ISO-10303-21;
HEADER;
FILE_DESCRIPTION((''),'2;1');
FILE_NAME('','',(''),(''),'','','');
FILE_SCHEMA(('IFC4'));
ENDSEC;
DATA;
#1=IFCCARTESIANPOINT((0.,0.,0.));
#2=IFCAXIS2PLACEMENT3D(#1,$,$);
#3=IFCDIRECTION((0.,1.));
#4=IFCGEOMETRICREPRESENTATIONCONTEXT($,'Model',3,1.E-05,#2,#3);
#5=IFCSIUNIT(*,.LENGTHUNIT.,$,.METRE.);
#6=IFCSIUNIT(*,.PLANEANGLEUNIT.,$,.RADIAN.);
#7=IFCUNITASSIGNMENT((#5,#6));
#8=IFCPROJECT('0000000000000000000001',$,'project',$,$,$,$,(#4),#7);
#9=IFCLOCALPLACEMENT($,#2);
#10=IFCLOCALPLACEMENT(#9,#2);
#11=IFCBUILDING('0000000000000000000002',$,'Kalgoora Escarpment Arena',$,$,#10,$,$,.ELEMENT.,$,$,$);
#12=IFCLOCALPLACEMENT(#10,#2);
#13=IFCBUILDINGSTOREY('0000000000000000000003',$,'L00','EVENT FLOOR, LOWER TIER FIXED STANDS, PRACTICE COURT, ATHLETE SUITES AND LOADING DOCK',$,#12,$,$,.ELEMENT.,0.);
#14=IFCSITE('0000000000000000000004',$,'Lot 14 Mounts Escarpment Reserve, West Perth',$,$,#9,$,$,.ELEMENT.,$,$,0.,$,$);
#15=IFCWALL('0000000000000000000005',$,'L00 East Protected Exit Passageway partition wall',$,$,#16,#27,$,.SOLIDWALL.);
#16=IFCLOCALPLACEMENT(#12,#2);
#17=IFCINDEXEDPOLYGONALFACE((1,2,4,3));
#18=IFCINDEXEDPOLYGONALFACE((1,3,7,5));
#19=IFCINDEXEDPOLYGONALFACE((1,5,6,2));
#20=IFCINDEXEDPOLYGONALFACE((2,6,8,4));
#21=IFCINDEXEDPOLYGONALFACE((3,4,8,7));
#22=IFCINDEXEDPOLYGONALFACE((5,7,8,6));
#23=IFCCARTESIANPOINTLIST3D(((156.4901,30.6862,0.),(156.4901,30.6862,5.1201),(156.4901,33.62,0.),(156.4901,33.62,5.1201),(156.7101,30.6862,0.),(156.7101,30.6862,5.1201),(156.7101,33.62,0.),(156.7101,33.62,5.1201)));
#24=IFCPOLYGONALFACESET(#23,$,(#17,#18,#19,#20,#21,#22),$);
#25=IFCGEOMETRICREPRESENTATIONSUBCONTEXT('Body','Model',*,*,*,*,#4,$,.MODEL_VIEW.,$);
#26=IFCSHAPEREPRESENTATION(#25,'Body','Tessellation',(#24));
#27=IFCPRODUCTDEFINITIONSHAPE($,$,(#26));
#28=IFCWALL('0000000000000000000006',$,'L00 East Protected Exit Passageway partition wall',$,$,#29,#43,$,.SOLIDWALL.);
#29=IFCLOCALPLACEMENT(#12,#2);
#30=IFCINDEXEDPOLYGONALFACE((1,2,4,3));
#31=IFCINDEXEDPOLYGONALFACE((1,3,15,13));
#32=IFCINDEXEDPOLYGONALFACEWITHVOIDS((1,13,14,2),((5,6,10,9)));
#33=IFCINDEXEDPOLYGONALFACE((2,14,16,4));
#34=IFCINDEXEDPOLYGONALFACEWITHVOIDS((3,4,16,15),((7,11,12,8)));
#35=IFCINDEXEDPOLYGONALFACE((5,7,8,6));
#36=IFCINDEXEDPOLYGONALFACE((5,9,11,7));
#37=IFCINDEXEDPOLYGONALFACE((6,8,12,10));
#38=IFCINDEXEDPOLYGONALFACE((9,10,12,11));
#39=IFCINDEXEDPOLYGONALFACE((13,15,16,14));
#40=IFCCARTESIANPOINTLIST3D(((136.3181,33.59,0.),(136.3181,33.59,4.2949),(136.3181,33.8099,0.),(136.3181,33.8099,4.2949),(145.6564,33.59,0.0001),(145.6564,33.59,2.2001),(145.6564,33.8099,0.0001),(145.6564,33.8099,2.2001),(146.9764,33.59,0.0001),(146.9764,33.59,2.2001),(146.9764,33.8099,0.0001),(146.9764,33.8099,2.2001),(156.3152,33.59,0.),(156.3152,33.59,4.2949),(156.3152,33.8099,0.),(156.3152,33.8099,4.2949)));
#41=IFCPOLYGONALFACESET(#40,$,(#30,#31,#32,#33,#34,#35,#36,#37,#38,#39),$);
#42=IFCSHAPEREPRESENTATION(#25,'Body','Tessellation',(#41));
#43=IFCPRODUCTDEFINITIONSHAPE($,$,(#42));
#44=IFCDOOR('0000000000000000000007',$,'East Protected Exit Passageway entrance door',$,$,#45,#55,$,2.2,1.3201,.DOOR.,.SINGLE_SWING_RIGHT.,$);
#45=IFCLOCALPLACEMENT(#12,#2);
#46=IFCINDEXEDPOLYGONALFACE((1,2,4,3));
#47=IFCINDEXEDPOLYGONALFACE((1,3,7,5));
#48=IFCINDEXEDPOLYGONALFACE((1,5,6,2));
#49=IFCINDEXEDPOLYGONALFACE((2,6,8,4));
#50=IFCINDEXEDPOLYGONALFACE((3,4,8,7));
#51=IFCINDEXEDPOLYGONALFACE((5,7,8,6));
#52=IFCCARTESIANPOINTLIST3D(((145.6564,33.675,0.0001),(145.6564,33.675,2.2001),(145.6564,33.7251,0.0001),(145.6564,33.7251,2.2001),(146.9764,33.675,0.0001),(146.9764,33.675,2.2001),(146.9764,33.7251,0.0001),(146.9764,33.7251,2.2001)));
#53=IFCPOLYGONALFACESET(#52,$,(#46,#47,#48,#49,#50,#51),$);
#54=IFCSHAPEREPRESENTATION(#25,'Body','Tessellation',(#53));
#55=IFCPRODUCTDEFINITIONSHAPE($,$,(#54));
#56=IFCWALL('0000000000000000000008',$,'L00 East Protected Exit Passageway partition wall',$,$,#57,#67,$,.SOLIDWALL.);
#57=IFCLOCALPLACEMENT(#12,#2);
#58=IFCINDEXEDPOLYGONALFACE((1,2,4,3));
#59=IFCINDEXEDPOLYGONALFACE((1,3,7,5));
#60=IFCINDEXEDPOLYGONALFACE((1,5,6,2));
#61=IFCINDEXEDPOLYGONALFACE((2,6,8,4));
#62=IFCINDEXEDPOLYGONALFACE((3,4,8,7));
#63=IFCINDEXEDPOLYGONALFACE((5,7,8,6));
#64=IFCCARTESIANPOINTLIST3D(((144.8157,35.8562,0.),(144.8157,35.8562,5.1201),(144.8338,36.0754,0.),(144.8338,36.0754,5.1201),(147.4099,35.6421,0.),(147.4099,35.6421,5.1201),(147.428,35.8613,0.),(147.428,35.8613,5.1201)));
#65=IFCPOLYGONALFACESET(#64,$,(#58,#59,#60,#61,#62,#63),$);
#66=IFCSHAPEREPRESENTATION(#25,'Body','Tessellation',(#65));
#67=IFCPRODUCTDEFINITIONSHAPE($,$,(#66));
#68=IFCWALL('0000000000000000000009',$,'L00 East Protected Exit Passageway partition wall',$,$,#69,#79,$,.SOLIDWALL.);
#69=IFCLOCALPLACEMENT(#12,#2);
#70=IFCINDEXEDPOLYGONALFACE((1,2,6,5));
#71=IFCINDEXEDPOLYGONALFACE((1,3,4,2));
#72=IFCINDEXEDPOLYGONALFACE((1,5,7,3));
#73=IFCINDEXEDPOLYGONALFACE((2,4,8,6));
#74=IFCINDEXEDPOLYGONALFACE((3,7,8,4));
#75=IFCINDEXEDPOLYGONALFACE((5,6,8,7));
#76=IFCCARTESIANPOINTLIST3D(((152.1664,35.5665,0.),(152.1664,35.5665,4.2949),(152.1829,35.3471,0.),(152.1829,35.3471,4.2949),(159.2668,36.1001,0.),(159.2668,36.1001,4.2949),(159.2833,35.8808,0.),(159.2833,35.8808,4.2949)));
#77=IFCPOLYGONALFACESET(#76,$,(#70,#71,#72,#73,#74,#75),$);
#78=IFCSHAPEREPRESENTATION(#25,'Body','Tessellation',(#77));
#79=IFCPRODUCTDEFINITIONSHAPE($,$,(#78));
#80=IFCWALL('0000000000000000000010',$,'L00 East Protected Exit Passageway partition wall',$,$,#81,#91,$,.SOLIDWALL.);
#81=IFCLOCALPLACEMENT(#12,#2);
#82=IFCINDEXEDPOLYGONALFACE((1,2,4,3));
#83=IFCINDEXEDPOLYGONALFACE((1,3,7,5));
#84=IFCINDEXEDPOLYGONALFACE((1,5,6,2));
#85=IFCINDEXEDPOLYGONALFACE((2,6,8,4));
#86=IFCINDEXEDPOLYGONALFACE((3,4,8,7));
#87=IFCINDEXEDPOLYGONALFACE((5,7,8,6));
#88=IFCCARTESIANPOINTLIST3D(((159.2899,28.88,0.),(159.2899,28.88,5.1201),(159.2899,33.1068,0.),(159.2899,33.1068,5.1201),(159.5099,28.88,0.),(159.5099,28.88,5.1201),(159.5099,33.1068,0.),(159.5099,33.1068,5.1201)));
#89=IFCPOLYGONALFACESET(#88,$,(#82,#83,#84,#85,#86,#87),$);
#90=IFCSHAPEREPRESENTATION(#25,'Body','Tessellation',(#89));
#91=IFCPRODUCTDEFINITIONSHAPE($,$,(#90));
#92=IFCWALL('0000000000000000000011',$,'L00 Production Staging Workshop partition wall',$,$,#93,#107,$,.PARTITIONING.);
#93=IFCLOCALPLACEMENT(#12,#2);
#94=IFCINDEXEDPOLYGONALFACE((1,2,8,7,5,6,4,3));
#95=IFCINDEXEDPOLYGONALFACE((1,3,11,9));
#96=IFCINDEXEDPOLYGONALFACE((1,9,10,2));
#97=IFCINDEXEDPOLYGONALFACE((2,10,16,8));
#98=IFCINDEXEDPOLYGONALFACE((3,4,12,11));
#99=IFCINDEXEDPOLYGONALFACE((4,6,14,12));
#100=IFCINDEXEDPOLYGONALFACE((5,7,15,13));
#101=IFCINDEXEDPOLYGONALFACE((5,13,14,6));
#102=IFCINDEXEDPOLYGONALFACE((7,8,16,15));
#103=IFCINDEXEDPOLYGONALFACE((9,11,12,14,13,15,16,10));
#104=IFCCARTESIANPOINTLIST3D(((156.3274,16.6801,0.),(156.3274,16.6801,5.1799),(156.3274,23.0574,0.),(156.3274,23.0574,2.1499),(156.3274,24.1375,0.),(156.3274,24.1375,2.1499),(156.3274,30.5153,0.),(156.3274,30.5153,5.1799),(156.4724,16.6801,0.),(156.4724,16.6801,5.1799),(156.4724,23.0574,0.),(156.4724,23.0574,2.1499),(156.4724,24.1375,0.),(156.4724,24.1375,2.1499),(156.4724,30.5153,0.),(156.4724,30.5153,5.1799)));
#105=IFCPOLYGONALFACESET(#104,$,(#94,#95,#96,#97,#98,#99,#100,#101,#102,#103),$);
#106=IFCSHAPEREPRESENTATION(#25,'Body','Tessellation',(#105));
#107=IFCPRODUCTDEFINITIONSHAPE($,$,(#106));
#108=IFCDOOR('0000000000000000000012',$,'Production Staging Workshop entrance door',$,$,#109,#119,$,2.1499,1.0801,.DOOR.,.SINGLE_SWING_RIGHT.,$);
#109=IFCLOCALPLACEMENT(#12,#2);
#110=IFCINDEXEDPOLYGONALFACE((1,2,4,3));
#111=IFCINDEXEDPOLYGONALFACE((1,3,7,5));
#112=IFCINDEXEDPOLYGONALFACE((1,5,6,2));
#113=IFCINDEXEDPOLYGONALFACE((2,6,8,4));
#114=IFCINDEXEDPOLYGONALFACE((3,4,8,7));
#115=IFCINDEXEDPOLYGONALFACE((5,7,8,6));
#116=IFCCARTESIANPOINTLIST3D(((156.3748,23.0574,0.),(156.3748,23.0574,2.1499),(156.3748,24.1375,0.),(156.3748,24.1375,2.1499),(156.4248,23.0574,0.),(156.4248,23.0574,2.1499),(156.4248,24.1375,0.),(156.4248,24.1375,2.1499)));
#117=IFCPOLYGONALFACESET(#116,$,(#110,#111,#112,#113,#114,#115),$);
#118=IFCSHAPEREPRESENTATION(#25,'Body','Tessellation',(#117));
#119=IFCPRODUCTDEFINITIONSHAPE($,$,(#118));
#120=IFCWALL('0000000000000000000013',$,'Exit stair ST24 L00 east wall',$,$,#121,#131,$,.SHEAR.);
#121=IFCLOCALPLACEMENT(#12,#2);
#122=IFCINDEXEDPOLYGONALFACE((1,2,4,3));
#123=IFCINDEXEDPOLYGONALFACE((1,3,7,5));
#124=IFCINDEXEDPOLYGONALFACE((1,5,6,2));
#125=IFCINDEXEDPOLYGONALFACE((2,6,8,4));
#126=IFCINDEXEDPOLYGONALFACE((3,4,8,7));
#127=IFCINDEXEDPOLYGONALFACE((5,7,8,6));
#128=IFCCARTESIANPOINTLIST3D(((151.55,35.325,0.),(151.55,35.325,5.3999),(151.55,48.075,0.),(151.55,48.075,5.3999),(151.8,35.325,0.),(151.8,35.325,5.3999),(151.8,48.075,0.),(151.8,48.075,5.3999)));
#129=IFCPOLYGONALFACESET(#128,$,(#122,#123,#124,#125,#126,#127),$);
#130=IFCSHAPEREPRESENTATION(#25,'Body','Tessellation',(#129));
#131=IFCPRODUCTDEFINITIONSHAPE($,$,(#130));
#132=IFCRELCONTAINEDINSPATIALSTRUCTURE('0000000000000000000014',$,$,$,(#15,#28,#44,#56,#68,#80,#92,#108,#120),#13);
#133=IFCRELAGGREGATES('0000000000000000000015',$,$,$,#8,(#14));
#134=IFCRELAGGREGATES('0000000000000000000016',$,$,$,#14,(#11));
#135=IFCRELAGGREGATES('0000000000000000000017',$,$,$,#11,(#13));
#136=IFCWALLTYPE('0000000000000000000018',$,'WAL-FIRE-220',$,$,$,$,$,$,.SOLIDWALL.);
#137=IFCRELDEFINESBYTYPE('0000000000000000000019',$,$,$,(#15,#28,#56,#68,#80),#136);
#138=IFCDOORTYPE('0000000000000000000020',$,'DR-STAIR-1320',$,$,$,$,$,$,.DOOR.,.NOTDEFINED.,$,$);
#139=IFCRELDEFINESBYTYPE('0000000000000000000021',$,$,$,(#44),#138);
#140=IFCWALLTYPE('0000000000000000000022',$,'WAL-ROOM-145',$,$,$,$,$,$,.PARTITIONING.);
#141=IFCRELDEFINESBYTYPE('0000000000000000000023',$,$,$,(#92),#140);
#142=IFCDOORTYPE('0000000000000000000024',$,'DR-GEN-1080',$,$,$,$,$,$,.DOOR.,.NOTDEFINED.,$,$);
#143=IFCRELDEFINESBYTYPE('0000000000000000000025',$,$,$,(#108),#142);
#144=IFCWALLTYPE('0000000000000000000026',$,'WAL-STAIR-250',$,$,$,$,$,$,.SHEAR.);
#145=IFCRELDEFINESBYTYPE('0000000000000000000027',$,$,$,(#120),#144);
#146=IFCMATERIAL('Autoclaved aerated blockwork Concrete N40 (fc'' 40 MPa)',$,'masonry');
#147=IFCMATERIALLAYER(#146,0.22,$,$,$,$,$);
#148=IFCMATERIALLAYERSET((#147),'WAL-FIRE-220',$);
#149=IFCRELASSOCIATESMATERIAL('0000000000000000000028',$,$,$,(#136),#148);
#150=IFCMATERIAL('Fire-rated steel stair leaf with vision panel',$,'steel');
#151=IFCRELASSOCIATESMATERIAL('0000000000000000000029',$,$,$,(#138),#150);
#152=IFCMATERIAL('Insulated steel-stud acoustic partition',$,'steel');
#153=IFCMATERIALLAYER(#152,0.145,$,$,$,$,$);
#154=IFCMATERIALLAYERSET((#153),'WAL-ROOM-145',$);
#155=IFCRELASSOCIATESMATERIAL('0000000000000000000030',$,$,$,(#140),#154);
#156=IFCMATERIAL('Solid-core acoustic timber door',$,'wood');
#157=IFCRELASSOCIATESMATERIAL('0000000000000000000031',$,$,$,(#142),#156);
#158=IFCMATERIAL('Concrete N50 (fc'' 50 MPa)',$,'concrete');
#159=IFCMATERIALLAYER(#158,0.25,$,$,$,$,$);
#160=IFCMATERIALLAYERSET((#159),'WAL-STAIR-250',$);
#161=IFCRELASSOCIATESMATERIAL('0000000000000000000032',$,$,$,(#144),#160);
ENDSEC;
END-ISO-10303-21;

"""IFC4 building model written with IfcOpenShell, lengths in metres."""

from ifc_helpers import new_model, si_unit, direction, frame, frame_2d, origin, place, context, subcontext, project, spatial, rectangle, extrude, material, layer, layer_set, type_object, element, fill, save


model = new_model("IFC4")

# Units and contexts
model_context = context("Model", 3, precision=1e-05, world=origin(), true_north=direction((0.0, 1.0)))
body_context = subcontext(model_context, "Body", "Model", "MODEL_VIEW")
ifc_project = project(units=[si_unit("LENGTHUNIT", "METRE"), si_unit("PLANEANGLEUNIT", "RADIAN")], contexts=[model_context])

# Site, building, storey
site_placement = place(None, origin())
site = spatial("IfcSite", under=ifc_project, at=site_placement, Name="Lot 14 Mounts Escarpment Reserve, West Perth", CompositionType="ELEMENT", RefElevation=0.0)
building_placement = place(site_placement, origin())
building = spatial("IfcBuilding", under=site, at=building_placement, Name="Kalgoora Escarpment Arena", CompositionType="ELEMENT")
storey_placement = place(building_placement, origin())
storey = spatial("IfcBuildingStorey", under=building, at=storey_placement, Name="L00", Description="EVENT FLOOR, LOWER TIER FIXED STANDS, PRACTICE COURT, ATHLETE SUITES AND LOADING DOCK", CompositionType="ELEMENT", Elevation=0.0)

# Wall
ifc_material_1 = material(Name="Autoclaved aerated blockwork Concrete N40 (fc' 40 MPa)", Category="masonry")
ifc_layer_1 = layer(ifc_material_1, 0.22)
ifc_layer_set_1 = layer_set([ifc_layer_1], Name="WAL-FIRE-220")
wall_type_1 = type_object("IfcWallType", Name="WAL-FIRE-220", PredefinedType="SOLIDWALL", material=ifc_layer_set_1)
wall_1_placement = place(storey_placement, frame((156.6001, 30.6863, 0.0), z_axis=(0.0, 0.0, 1.0), x_axis=(0.0, 1.0, 0.0)))
element("IfcWall", 1, at=wall_1_placement, inside=storey, type_object=wall_type_1, Name="L00 East Protected Exit Passageway partition wall", PredefinedType="SOLIDWALL", context=body_context, shape_type="SweptSolid", body=[
    extrude(rectangle(XDim=2.9338, YDim=0.22, at=frame_2d((1.4668, 0.0))), origin(), (0.0, 0.0, 1.0), 5.1201),
])

# Wall, opening, door
wall_2_placement = place(storey_placement, frame((156.3152, 33.7, 0.0), z_axis=(0.0, 0.0, 1.0), x_axis=(-1.0, 0.0, 0.0)))
wall_2 = element("IfcWall", 2, at=wall_2_placement, inside=storey, type_object=wall_type_1, Name="L00 East Protected Exit Passageway partition wall", PredefinedType="SOLIDWALL", context=body_context, shape_type="SweptSolid", body=[
    extrude(rectangle(XDim=19.9971, YDim=0.22, at=frame_2d((9.9985, 0.0))), origin(), (0.0, 0.0, 1.0), 4.2949),
])
opening_1_placement = place(wall_2_placement, frame((9.3386, 0.0, 0.0)))
opening_1 = element("IfcOpeningElement", 3, at=opening_1_placement, cuts=wall_2, PredefinedType="OPENING", context=body_context, shape_type="SweptSolid", body=[
    extrude(rectangle(XDim=1.3201, YDim=2.2, at=frame_2d((0.6602, 1.1001))), frame((0.0, 0.1199, 0.0), z_axis=(0.0, -1.0, 0.0), x_axis=(1.0, 0.0, 0.0)), (0.0, 0.0, 1.0), 0.24),
])
ifc_material_2 = material(Name="Fire-rated steel stair leaf with vision panel", Category="steel")
door_type_1 = type_object("IfcDoorType", Name="DR-STAIR-1320", OperationType="NOTDEFINED", PredefinedType="DOOR", material=ifc_material_2)
door_1_placement = place(opening_1_placement, origin())
door_1 = element("IfcDoor", 4, at=door_1_placement, inside=storey, type_object=door_type_1, Name="East Protected Exit Passageway entrance door", OperationType="SINGLE_SWING_RIGHT", OverallHeight=2.2, OverallWidth=1.3201, PredefinedType="DOOR", context=body_context, shape_type="SweptSolid", body=[
    extrude(rectangle(XDim=1.3201, YDim=2.2, at=frame_2d((0.6602, 1.1001))), frame((0.0, 0.0249, 0.0), z_axis=(0.0, -1.0, 0.0), x_axis=(1.0, 0.0, 0.0)), (0.0, 0.0, 1.0), 0.05),
])
fill(opening_1, door_1)

# Walls
wall_3_placement = place(storey_placement, frame((144.8247, 35.9658, 0.0), z_axis=(0.0, 0.0, 1.0), x_axis=(0.996611, -0.082254, 0.0)))
element("IfcWall", 5, at=wall_3_placement, inside=storey, type_object=wall_type_1, Name="L00 East Protected Exit Passageway partition wall", PredefinedType="SOLIDWALL", context=body_context, shape_type="SweptSolid", body=[
    extrude(rectangle(XDim=2.603, YDim=0.22, at=frame_2d((1.3015, 0.0))), origin(), (0.0, 0.0, 1.0), 5.1201),
])
wall_4_placement = place(storey_placement, frame((152.1748, 35.4568, 0.0), z_axis=(0.0, 0.0, 1.0), x_axis=(0.997187, 0.074953, 0.0)))
element("IfcWall", 6, at=wall_4_placement, inside=storey, type_object=wall_type_1, Name="L00 East Protected Exit Passageway partition wall", PredefinedType="SOLIDWALL", context=body_context, shape_type="SweptSolid", body=[
    extrude(rectangle(XDim=7.1204, YDim=0.22, at=frame_2d((3.5601, 0.0))), origin(), (0.0, 0.0, 1.0), 4.2949),
])
wall_5_placement = place(storey_placement, frame((159.3999, 33.1067, 0.0), z_axis=(0.0, 0.0, 1.0), x_axis=(0.0, -1.0, 0.0)))
element("IfcWall", 7, at=wall_5_placement, inside=storey, type_object=wall_type_1, Name="L00 East Protected Exit Passageway partition wall", PredefinedType="SOLIDWALL", context=body_context, shape_type="SweptSolid", body=[
    extrude(rectangle(XDim=4.2268, YDim=0.22, at=frame_2d((2.1133, 0.0))), origin(), (0.0, 0.0, 1.0), 5.1201),
])

# Wall, opening, door
ifc_material_3 = material(Name="Insulated steel-stud acoustic partition", Category="steel")
ifc_layer_2 = layer(ifc_material_3, 0.145)
ifc_layer_set_2 = layer_set([ifc_layer_2], Name="WAL-ROOM-145")
wall_type_2 = type_object("IfcWallType", Name="WAL-ROOM-145", PredefinedType="PARTITIONING", material=ifc_layer_set_2)
wall_6_placement = place(storey_placement, frame((156.3999, 30.5151, 0.0), z_axis=(0.0, 0.0, 1.0), x_axis=(0.0, -1.0, 0.0)))
wall_6 = element("IfcWall", 8, at=wall_6_placement, inside=storey, type_object=wall_type_2, Name="L00 Production Staging Workshop partition wall", PredefinedType="PARTITIONING", context=body_context, shape_type="SweptSolid", body=[
    extrude(rectangle(XDim=13.8352, YDim=0.145, at=frame_2d((6.9175, 0.0))), origin(), (0.0, 0.0, 1.0), 5.1799),
])
opening_2_placement = place(wall_6_placement, frame((6.3777, 0.0, 0.0)))
opening_2 = element("IfcOpeningElement", 9, at=opening_2_placement, cuts=wall_6, PredefinedType="OPENING", context=body_context, shape_type="SweptSolid", body=[
    extrude(rectangle(XDim=1.0801, YDim=2.1499, at=frame_2d((0.54, 1.075))), frame((0.0, 0.0825, 0.0), z_axis=(0.0, -1.0, 0.0), x_axis=(1.0, 0.0, 0.0)), (0.0, 0.0, 1.0), 0.165),
])
ifc_material_4 = material(Name="Solid-core acoustic timber door", Category="wood")
door_type_2 = type_object("IfcDoorType", Name="DR-GEN-1080", OperationType="NOTDEFINED", PredefinedType="DOOR", material=ifc_material_4)
door_2_placement = place(opening_2_placement, origin())
door_2 = element("IfcDoor", 10, at=door_2_placement, inside=storey, type_object=door_type_2, Name="Production Staging Workshop entrance door", OperationType="SINGLE_SWING_RIGHT", OverallHeight=2.1499, OverallWidth=1.0801, PredefinedType="DOOR", context=body_context, shape_type="SweptSolid", body=[
    extrude(rectangle(XDim=1.0801, YDim=2.1499, at=frame_2d((0.54, 1.075))), frame((0.0, 0.0249, 0.0), z_axis=(0.0, -1.0, 0.0), x_axis=(1.0, 0.0, 0.0)), (0.0, 0.0, 1.0), 0.05),
])
fill(opening_2, door_2)

# Wall
ifc_material_5 = material(Name="Concrete N50 (fc' 50 MPa)", Category="concrete")
ifc_layer_3 = layer(ifc_material_5, 0.25)
ifc_layer_set_3 = layer_set([ifc_layer_3], Name="WAL-STAIR-250")
wall_type_3 = type_object("IfcWallType", Name="WAL-STAIR-250", PredefinedType="SHEAR", material=ifc_layer_set_3)
wall_7_placement = place(storey_placement, frame((151.675, 35.325, 0.0), z_axis=(0.0, 0.0, 1.0), x_axis=(0.0, 1.0, 0.0)))
element("IfcWall", 11, at=wall_7_placement, inside=storey, type_object=wall_type_3, Name="Exit stair ST24 L00 east wall", PredefinedType="SHEAR", context=body_context, shape_type="SweptSolid", body=[
    extrude(rectangle(XDim=12.75, YDim=0.25, at=frame_2d((6.375, 0.0))), origin(), (0.0, 0.0, 1.0), 5.3999),
])

save(model, "model.ifc")
